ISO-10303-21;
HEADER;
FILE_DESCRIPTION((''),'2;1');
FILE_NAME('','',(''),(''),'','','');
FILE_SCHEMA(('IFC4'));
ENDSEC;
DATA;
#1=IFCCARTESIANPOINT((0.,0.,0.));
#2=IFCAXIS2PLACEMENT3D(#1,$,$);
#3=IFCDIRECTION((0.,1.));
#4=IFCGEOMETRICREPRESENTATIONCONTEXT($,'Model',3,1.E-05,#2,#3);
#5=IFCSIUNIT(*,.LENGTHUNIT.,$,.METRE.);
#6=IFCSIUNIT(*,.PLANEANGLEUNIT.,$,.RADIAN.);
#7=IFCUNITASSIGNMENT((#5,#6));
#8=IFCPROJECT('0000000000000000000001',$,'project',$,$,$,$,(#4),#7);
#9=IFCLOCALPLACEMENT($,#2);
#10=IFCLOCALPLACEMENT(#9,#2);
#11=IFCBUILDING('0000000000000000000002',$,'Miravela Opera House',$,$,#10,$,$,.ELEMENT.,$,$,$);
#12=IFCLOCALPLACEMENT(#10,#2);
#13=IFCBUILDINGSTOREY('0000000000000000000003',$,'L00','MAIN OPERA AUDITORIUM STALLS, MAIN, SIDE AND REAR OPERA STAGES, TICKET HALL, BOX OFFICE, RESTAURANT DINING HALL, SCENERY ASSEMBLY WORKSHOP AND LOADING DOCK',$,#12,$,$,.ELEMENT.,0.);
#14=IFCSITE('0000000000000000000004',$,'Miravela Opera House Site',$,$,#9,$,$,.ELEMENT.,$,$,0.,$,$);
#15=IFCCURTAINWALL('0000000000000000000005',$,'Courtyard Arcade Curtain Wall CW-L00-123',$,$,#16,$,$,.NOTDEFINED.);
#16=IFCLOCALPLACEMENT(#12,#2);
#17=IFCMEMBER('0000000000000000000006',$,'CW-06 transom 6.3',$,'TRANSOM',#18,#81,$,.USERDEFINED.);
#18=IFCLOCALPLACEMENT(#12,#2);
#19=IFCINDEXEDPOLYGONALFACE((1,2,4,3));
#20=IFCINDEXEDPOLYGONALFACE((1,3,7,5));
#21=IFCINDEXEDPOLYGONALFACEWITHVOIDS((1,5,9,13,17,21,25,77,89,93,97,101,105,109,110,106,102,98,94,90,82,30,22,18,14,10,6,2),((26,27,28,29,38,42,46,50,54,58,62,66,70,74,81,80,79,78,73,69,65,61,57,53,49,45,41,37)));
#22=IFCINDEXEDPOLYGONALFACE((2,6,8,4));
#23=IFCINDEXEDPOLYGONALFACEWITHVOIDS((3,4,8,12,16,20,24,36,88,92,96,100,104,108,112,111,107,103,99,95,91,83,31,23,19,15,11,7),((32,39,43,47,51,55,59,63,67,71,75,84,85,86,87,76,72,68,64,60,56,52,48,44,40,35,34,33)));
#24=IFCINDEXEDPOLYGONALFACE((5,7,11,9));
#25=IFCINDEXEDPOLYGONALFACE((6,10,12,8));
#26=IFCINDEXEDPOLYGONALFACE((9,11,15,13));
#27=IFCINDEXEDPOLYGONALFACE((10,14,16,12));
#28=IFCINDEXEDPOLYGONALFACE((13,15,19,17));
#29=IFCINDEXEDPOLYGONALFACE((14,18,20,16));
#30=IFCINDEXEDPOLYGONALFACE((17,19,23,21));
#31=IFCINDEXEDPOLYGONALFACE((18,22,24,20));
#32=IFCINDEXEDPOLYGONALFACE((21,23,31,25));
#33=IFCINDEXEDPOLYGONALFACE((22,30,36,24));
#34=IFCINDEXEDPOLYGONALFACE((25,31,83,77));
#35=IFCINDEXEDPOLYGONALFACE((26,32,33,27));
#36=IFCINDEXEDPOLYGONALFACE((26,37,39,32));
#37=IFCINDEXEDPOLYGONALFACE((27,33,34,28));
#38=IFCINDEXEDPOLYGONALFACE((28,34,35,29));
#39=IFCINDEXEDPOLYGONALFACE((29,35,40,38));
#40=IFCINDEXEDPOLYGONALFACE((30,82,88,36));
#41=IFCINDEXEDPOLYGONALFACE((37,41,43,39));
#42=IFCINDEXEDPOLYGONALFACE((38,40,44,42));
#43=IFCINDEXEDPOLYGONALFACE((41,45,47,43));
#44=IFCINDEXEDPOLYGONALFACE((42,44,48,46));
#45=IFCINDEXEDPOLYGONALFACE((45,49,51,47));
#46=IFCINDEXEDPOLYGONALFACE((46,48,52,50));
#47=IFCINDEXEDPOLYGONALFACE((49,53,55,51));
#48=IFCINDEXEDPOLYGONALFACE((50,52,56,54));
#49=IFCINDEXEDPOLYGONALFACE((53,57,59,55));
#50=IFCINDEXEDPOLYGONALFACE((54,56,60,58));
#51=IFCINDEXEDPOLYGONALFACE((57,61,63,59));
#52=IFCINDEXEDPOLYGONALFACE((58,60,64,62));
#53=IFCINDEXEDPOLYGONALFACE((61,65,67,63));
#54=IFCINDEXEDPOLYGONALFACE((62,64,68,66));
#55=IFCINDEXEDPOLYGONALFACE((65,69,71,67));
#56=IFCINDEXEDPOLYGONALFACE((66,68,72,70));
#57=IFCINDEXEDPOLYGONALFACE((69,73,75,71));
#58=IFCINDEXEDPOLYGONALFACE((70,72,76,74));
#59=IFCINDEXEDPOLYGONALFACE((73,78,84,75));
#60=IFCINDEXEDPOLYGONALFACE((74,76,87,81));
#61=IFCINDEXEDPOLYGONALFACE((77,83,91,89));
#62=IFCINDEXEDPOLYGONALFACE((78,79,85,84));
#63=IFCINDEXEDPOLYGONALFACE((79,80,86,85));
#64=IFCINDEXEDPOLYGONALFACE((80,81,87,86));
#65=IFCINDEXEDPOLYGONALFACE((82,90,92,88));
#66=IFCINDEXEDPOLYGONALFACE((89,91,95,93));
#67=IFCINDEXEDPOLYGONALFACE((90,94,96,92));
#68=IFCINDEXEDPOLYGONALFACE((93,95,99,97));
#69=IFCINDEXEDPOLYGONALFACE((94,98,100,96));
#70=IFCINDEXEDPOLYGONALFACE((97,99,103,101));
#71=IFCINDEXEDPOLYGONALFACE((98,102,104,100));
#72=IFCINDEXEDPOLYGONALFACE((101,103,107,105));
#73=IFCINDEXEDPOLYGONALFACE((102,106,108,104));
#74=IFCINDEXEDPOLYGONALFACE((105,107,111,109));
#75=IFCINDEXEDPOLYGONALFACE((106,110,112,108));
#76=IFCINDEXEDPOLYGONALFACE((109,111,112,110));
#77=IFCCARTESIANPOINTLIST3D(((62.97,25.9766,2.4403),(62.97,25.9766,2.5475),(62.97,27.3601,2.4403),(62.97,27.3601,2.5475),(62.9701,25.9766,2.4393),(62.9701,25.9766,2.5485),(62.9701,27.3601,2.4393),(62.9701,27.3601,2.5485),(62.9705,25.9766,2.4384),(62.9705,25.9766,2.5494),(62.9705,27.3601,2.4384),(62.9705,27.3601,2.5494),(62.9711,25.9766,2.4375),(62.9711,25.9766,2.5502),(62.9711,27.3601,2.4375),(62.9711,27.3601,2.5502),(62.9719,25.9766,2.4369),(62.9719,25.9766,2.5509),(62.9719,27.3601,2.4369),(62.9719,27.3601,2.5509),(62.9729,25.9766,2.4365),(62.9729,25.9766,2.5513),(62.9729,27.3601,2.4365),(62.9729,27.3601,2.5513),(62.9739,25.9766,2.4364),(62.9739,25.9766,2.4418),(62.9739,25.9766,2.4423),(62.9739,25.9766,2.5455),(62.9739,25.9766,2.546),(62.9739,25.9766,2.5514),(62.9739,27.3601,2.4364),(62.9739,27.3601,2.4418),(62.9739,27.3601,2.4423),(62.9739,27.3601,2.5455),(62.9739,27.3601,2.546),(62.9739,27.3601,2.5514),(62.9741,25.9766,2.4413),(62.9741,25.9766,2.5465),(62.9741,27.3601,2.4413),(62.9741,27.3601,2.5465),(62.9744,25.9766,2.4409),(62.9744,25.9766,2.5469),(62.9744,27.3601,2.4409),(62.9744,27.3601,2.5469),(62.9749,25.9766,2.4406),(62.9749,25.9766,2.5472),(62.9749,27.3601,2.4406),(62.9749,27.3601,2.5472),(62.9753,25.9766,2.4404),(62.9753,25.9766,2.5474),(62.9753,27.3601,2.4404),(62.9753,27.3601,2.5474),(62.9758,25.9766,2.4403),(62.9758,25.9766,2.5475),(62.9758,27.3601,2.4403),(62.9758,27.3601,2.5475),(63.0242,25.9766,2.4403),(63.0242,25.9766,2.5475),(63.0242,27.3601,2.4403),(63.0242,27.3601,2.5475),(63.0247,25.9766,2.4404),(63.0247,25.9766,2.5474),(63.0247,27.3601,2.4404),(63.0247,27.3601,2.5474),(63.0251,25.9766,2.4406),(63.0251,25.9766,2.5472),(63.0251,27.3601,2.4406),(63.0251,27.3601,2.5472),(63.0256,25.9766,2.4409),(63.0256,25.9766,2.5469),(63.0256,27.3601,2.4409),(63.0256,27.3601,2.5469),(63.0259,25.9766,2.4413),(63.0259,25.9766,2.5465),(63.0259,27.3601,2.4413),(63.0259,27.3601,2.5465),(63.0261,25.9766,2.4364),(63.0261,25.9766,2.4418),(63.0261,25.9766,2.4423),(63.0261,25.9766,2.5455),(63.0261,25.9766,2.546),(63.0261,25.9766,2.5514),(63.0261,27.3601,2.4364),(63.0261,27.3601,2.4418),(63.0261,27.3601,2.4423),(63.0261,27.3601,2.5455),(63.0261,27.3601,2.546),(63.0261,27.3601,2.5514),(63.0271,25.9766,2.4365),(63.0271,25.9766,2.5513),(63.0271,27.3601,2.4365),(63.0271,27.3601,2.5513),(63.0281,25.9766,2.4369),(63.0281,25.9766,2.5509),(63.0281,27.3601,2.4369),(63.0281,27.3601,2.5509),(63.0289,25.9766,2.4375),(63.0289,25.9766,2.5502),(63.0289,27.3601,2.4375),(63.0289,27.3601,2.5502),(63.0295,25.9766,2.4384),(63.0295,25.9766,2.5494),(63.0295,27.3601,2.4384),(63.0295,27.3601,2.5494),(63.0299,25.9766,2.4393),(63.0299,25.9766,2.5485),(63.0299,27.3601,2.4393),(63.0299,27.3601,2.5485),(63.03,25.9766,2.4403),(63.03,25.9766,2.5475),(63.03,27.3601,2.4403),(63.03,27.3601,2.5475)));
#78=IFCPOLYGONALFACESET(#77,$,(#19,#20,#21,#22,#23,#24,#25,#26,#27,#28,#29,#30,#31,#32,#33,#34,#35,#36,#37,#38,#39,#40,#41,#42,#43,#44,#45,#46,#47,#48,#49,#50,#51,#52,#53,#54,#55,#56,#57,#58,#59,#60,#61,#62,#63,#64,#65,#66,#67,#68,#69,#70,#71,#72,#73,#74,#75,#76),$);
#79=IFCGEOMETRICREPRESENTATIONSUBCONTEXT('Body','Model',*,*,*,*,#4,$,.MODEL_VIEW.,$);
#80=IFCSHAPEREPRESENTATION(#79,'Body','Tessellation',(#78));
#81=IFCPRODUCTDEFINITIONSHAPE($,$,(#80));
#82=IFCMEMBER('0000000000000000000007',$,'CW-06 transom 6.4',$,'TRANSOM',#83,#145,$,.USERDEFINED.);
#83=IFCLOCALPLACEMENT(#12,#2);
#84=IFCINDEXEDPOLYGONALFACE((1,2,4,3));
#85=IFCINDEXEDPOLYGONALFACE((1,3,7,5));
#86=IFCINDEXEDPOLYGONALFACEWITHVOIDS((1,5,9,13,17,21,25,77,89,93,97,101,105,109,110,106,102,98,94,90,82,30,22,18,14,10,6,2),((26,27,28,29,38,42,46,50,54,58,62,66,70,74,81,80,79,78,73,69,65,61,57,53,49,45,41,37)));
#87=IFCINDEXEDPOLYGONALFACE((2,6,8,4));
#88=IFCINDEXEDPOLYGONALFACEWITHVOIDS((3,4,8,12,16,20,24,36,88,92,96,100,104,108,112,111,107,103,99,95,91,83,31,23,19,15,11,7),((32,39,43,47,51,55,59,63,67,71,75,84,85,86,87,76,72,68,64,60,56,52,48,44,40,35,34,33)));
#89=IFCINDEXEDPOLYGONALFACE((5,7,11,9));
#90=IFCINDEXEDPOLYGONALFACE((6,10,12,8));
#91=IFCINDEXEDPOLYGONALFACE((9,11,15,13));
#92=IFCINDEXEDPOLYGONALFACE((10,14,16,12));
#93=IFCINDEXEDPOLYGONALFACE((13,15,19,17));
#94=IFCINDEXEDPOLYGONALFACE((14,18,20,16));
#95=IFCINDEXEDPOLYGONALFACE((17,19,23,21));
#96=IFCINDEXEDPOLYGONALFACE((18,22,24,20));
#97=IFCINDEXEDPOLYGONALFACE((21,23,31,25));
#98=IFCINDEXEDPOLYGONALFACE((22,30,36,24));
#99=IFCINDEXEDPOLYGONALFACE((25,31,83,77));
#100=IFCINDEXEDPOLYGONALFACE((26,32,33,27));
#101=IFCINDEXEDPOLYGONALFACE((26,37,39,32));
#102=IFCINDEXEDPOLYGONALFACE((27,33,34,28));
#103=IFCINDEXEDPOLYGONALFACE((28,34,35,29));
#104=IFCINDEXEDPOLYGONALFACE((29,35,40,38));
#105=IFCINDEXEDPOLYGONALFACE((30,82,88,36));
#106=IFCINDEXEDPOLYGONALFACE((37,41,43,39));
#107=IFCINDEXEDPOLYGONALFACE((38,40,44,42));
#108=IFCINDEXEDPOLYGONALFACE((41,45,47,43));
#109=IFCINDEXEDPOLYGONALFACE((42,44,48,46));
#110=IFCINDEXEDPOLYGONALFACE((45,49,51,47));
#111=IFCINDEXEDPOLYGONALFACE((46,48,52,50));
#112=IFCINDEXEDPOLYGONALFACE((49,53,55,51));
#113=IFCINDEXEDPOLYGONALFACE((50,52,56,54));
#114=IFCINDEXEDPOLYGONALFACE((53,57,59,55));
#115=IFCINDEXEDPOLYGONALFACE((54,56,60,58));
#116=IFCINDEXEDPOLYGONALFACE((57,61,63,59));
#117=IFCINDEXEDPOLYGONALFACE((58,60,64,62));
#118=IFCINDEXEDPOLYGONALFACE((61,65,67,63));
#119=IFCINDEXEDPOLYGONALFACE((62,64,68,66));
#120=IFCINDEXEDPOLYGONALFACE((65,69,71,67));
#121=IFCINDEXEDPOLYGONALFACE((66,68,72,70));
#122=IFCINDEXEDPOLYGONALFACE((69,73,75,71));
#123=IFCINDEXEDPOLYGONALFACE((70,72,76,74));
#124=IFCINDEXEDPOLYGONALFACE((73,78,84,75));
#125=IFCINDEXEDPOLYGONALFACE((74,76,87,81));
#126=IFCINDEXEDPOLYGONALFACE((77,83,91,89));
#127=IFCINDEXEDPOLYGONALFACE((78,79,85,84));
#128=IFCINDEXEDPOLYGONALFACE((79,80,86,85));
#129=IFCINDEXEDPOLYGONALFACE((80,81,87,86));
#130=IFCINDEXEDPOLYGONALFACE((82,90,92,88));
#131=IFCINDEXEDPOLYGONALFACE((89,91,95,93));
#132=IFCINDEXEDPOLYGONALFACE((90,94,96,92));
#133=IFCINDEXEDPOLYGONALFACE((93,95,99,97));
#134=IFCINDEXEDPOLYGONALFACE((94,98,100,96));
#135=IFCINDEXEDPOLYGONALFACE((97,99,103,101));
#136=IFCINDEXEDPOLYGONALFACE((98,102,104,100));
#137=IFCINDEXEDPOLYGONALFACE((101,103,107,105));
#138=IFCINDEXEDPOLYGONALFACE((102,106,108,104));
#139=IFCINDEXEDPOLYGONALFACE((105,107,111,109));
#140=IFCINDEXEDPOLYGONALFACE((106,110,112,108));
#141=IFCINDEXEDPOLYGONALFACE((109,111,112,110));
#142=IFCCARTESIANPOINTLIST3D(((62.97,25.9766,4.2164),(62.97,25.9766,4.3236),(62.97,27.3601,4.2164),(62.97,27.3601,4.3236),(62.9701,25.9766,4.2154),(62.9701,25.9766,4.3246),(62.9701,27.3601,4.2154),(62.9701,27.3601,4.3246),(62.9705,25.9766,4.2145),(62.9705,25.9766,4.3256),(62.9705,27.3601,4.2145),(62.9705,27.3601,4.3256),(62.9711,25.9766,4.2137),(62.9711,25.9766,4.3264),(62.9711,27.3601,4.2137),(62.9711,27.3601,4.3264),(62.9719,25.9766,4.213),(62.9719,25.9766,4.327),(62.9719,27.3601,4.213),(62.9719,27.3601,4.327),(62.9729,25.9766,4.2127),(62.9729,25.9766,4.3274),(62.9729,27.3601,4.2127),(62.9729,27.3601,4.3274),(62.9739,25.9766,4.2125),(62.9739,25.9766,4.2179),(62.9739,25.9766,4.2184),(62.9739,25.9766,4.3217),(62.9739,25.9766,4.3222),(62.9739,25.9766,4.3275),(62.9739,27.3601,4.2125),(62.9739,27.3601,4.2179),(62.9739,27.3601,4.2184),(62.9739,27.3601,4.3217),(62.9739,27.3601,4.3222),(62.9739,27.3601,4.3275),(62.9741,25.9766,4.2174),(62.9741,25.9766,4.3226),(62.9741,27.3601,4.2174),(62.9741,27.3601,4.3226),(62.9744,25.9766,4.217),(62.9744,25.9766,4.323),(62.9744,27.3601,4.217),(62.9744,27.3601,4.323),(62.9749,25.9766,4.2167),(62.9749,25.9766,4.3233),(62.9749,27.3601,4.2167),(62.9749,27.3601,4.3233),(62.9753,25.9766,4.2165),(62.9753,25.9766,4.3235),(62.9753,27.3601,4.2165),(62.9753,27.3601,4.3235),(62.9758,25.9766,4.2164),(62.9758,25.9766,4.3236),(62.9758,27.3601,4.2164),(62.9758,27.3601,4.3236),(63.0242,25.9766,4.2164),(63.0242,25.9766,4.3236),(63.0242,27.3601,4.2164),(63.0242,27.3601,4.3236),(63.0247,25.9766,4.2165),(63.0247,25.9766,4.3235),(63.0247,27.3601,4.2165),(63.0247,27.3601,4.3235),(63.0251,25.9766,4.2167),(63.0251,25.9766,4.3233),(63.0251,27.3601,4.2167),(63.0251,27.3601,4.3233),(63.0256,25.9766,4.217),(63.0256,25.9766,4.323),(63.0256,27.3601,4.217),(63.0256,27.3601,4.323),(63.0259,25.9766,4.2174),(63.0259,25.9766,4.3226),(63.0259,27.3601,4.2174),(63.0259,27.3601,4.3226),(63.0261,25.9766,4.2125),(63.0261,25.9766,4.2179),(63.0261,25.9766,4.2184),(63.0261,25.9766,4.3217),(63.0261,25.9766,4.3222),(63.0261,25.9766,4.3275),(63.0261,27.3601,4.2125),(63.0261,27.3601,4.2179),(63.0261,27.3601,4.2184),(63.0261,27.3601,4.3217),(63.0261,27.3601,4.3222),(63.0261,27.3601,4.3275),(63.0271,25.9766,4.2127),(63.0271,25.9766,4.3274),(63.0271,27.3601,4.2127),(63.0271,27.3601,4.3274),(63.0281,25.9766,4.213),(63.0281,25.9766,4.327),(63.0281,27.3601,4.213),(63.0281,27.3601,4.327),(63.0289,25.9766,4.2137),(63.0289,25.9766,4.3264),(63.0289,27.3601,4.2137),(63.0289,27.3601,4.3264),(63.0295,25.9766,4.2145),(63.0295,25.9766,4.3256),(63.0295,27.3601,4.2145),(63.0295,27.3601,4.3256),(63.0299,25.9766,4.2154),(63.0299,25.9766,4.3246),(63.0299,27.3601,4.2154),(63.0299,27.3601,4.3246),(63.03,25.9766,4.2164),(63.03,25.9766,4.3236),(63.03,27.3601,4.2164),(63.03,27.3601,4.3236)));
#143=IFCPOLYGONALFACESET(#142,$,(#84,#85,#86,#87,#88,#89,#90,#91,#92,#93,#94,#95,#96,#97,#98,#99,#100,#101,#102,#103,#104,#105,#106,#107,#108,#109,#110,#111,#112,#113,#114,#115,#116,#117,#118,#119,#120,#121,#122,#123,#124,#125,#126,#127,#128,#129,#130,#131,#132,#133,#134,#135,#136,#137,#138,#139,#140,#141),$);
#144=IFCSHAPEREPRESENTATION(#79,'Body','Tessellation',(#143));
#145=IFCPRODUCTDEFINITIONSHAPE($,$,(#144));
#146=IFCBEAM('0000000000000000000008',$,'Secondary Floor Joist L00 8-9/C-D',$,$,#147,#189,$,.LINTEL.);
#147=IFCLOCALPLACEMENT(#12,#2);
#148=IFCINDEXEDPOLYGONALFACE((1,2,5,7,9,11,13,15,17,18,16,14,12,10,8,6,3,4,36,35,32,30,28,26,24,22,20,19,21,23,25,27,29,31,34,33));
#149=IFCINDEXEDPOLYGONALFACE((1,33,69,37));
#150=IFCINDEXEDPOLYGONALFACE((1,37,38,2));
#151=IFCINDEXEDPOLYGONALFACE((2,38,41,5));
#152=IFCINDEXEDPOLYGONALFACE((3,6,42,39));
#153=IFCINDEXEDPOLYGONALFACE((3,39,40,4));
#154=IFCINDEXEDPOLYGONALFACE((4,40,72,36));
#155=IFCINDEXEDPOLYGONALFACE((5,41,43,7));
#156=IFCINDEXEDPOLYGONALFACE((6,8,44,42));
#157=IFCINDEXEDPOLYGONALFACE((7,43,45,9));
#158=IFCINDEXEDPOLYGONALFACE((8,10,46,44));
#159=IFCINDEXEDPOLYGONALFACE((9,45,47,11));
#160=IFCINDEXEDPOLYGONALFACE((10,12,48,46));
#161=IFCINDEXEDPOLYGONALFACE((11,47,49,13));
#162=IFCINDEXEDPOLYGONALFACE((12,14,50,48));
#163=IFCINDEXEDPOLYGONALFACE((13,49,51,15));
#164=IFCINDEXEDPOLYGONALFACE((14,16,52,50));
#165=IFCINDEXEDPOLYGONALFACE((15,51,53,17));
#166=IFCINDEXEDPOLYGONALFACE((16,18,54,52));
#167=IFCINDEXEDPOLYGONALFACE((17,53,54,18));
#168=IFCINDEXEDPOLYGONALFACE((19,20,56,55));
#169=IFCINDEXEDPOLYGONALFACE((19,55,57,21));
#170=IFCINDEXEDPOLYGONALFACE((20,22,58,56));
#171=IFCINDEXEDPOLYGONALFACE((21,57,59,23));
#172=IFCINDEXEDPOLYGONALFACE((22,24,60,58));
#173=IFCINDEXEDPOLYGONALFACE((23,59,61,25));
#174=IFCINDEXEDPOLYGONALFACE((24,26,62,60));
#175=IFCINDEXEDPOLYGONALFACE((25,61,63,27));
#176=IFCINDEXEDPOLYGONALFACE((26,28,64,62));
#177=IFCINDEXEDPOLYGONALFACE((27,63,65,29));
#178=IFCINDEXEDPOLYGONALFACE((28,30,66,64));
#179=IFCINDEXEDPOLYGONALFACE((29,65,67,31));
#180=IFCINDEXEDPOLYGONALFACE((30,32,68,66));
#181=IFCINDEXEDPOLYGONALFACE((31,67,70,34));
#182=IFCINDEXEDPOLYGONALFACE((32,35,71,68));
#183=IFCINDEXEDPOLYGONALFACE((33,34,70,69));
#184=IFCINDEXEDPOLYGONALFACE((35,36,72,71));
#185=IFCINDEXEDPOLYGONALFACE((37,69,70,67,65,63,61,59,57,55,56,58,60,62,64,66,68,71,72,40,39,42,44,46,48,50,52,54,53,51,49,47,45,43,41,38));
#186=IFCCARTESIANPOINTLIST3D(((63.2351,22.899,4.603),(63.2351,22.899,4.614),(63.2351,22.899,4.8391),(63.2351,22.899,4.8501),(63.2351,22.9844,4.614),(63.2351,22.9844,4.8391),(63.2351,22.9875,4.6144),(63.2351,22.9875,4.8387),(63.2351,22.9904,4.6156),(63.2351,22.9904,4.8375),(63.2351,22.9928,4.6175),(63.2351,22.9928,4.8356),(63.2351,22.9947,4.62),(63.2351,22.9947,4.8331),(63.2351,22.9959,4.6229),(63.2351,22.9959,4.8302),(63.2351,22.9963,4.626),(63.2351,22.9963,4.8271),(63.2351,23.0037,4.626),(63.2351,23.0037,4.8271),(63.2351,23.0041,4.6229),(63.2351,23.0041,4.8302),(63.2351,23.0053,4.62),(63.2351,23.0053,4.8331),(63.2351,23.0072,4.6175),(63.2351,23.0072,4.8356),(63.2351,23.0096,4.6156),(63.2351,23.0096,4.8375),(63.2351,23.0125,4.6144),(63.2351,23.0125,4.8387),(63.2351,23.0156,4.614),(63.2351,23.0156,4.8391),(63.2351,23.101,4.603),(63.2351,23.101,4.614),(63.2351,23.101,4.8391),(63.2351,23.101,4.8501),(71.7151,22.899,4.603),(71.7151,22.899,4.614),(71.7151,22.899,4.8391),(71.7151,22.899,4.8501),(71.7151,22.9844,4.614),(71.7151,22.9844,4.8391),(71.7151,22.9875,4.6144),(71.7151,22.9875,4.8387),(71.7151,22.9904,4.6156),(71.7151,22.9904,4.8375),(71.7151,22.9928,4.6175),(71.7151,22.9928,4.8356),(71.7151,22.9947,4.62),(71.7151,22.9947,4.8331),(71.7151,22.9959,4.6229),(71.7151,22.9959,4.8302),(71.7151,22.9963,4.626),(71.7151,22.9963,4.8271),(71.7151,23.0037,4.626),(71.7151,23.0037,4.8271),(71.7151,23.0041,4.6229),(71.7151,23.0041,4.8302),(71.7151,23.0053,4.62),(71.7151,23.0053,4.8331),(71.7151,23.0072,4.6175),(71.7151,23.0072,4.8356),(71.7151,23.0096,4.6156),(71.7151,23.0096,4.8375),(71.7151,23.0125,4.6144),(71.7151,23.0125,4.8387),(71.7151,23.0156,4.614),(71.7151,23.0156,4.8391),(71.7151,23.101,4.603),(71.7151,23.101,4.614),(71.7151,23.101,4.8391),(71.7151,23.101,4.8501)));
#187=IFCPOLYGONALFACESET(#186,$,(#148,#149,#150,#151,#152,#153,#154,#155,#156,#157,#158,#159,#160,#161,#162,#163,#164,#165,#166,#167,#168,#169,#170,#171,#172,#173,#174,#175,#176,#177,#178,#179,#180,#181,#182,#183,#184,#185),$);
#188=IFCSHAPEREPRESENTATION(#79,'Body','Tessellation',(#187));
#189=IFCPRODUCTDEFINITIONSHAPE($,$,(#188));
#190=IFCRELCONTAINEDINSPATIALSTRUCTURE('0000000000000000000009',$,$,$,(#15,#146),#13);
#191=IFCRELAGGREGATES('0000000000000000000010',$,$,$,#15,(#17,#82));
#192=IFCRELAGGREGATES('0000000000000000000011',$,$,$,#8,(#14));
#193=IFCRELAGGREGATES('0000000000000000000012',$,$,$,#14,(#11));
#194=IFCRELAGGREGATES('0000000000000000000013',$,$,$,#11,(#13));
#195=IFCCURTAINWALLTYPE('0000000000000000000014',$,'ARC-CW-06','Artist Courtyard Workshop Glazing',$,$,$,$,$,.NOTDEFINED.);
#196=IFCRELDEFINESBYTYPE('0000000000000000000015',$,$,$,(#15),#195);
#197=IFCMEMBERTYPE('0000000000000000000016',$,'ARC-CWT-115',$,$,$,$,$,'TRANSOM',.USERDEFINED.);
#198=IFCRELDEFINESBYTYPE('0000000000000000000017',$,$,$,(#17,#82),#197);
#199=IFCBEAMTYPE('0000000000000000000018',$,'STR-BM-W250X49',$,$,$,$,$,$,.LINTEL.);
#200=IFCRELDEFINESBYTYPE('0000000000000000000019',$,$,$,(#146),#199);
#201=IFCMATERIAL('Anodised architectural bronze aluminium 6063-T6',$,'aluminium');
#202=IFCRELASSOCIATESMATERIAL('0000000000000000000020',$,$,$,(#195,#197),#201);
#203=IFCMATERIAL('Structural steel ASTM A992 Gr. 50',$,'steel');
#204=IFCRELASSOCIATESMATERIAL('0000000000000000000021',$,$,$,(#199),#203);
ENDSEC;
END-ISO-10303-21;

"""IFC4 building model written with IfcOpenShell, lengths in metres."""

from ifc_helpers import new_model, si_unit, direction, frame, origin, origin_2d, place, context, subcontext, project, spatial, hollow_rectangle, i_section, extrude, material, material_profile, profile_set, type_object, element, aggregate, save


model = new_model("IFC4")

# Units and contexts
model_context = context("Model", 3, precision=1e-05, world=origin(), true_north=direction((0.0, 1.0)))
body_context = subcontext(model_context, "Body", "Model", "MODEL_VIEW")
ifc_project = project(units=[si_unit("LENGTHUNIT", "METRE"), si_unit("PLANEANGLEUNIT", "RADIAN")], contexts=[model_context])

# Site, building, storey
site_placement = place(None, origin())
site = spatial("IfcSite", under=ifc_project, at=site_placement, Name="Miravela Opera House Site", CompositionType="ELEMENT", RefElevation=0.0)
building_placement = place(site_placement, origin())
building = spatial("IfcBuilding", under=site, at=building_placement, Name="Miravela Opera House", CompositionType="ELEMENT")
storey_placement = place(building_placement, origin())
storey = spatial("IfcBuildingStorey", under=building, at=storey_placement, Name="L00", Description="MAIN OPERA AUDITORIUM STALLS, MAIN, SIDE AND REAR OPERA STAGES, TICKET HALL, BOX OFFICE, RESTAURANT DINING HALL, SCENERY ASSEMBLY WORKSHOP AND LOADING DOCK", CompositionType="ELEMENT", Elevation=0.0)

# Curtain wall, members
ifc_material_1 = material(Name="Anodised architectural bronze aluminium 6063-T6", Category="aluminium")
curtain_wall_type = type_object("IfcCurtainWallType", Name="ARC-CW-06", Description="Artist Courtyard Workshop Glazing", PredefinedType="NOTDEFINED", material=ifc_material_1)
curtain_wall_placement = place(storey_placement, origin())
curtain_wall = element("IfcCurtainWall", 1, at=curtain_wall_placement, inside=storey, type_object=curtain_wall_type, Name="Courtyard Arcade Curtain Wall CW-L00-123", PredefinedType="NOTDEFINED")
ifc_material_profile_1 = material_profile(ifc_material_1, hollow_rectangle(XDim=0.0601, YDim=0.115, WallThickness=0.0039, InnerFilletRadius=0.002, OuterFilletRadius=0.0039, at=origin_2d()), Name="CWT-60X115")
ifc_profile_set_1 = profile_set([ifc_material_profile_1])
member_type_1 = type_object("IfcMemberType", Name="ARC-CWT-115", ElementType="TRANSOM", PredefinedType="USERDEFINED", material=ifc_profile_set_1)
member_1_placement = place(storey_placement, frame((63.0, 25.9766, 2.4939), z_axis=(0.0, 1.0, 0.0), x_axis=(-1.0, 0.0, 0.0)))
member_1 = element("IfcMember", 2, at=member_1_placement, type_object=member_type_1, Name="CW-06 transom 6.3", ObjectType="TRANSOM", PredefinedType="USERDEFINED", context=body_context, shape_type="SweptSolid", body=[
    extrude(hollow_rectangle(XDim=0.0601, YDim=0.115, WallThickness=0.0039, InnerFilletRadius=0.002, OuterFilletRadius=0.0039, at=origin_2d()), origin(), (0.0, 0.0, 1.0), 1.3835),
])
member_2_placement = place(storey_placement, frame((63.0, 25.9766, 4.27), z_axis=(0.0, 1.0, 0.0), x_axis=(-1.0, 0.0, 0.0)))
member_2 = element("IfcMember", 3, at=member_2_placement, type_object=member_type_1, Name="CW-06 transom 6.4", ObjectType="TRANSOM", PredefinedType="USERDEFINED", context=body_context, shape_type="SweptSolid", body=[
    extrude(hollow_rectangle(XDim=0.0601, YDim=0.115, WallThickness=0.0039, InnerFilletRadius=0.002, OuterFilletRadius=0.0039, at=origin_2d()), origin(), (0.0, 0.0, 1.0), 1.3835),
])

# Beam
ifc_material_2 = material(Name="Structural steel ASTM A992 Gr. 50", Category="steel")
ifc_material_profile_2 = material_profile(ifc_material_2, i_section(OverallWidth=0.2019, OverallDepth=0.2471, WebThickness=0.0073, FlangeThickness=0.011, FilletRadius=0.012, at=origin_2d()), Name="W250X49")
ifc_profile_set_2 = profile_set([ifc_material_profile_2])
beam_type_1 = type_object("IfcBeamType", Name="STR-BM-W250X49", PredefinedType="LINTEL", material=ifc_profile_set_2)
beam_1_placement = place(storey_placement, frame((63.2351, 23.0, 4.7266), z_axis=(1.0, 0.0, 0.0), x_axis=(0.0, 1.0, 0.0)))
element("IfcBeam", 4, at=beam_1_placement, inside=storey, type_object=beam_type_1, Name="Secondary Floor Joist L00 8-9/C-D", PredefinedType="LINTEL", context=body_context, shape_type="SweptSolid", body=[
    extrude(i_section(OverallWidth=0.2019, OverallDepth=0.2471, WebThickness=0.0073, FlangeThickness=0.011, FilletRadius=0.012, at=origin_2d()), origin(), (0.0, 0.0, 1.0), 8.48),
])

aggregate(curtain_wall, [member_1, member_2])

save(model, "model.ifc")
